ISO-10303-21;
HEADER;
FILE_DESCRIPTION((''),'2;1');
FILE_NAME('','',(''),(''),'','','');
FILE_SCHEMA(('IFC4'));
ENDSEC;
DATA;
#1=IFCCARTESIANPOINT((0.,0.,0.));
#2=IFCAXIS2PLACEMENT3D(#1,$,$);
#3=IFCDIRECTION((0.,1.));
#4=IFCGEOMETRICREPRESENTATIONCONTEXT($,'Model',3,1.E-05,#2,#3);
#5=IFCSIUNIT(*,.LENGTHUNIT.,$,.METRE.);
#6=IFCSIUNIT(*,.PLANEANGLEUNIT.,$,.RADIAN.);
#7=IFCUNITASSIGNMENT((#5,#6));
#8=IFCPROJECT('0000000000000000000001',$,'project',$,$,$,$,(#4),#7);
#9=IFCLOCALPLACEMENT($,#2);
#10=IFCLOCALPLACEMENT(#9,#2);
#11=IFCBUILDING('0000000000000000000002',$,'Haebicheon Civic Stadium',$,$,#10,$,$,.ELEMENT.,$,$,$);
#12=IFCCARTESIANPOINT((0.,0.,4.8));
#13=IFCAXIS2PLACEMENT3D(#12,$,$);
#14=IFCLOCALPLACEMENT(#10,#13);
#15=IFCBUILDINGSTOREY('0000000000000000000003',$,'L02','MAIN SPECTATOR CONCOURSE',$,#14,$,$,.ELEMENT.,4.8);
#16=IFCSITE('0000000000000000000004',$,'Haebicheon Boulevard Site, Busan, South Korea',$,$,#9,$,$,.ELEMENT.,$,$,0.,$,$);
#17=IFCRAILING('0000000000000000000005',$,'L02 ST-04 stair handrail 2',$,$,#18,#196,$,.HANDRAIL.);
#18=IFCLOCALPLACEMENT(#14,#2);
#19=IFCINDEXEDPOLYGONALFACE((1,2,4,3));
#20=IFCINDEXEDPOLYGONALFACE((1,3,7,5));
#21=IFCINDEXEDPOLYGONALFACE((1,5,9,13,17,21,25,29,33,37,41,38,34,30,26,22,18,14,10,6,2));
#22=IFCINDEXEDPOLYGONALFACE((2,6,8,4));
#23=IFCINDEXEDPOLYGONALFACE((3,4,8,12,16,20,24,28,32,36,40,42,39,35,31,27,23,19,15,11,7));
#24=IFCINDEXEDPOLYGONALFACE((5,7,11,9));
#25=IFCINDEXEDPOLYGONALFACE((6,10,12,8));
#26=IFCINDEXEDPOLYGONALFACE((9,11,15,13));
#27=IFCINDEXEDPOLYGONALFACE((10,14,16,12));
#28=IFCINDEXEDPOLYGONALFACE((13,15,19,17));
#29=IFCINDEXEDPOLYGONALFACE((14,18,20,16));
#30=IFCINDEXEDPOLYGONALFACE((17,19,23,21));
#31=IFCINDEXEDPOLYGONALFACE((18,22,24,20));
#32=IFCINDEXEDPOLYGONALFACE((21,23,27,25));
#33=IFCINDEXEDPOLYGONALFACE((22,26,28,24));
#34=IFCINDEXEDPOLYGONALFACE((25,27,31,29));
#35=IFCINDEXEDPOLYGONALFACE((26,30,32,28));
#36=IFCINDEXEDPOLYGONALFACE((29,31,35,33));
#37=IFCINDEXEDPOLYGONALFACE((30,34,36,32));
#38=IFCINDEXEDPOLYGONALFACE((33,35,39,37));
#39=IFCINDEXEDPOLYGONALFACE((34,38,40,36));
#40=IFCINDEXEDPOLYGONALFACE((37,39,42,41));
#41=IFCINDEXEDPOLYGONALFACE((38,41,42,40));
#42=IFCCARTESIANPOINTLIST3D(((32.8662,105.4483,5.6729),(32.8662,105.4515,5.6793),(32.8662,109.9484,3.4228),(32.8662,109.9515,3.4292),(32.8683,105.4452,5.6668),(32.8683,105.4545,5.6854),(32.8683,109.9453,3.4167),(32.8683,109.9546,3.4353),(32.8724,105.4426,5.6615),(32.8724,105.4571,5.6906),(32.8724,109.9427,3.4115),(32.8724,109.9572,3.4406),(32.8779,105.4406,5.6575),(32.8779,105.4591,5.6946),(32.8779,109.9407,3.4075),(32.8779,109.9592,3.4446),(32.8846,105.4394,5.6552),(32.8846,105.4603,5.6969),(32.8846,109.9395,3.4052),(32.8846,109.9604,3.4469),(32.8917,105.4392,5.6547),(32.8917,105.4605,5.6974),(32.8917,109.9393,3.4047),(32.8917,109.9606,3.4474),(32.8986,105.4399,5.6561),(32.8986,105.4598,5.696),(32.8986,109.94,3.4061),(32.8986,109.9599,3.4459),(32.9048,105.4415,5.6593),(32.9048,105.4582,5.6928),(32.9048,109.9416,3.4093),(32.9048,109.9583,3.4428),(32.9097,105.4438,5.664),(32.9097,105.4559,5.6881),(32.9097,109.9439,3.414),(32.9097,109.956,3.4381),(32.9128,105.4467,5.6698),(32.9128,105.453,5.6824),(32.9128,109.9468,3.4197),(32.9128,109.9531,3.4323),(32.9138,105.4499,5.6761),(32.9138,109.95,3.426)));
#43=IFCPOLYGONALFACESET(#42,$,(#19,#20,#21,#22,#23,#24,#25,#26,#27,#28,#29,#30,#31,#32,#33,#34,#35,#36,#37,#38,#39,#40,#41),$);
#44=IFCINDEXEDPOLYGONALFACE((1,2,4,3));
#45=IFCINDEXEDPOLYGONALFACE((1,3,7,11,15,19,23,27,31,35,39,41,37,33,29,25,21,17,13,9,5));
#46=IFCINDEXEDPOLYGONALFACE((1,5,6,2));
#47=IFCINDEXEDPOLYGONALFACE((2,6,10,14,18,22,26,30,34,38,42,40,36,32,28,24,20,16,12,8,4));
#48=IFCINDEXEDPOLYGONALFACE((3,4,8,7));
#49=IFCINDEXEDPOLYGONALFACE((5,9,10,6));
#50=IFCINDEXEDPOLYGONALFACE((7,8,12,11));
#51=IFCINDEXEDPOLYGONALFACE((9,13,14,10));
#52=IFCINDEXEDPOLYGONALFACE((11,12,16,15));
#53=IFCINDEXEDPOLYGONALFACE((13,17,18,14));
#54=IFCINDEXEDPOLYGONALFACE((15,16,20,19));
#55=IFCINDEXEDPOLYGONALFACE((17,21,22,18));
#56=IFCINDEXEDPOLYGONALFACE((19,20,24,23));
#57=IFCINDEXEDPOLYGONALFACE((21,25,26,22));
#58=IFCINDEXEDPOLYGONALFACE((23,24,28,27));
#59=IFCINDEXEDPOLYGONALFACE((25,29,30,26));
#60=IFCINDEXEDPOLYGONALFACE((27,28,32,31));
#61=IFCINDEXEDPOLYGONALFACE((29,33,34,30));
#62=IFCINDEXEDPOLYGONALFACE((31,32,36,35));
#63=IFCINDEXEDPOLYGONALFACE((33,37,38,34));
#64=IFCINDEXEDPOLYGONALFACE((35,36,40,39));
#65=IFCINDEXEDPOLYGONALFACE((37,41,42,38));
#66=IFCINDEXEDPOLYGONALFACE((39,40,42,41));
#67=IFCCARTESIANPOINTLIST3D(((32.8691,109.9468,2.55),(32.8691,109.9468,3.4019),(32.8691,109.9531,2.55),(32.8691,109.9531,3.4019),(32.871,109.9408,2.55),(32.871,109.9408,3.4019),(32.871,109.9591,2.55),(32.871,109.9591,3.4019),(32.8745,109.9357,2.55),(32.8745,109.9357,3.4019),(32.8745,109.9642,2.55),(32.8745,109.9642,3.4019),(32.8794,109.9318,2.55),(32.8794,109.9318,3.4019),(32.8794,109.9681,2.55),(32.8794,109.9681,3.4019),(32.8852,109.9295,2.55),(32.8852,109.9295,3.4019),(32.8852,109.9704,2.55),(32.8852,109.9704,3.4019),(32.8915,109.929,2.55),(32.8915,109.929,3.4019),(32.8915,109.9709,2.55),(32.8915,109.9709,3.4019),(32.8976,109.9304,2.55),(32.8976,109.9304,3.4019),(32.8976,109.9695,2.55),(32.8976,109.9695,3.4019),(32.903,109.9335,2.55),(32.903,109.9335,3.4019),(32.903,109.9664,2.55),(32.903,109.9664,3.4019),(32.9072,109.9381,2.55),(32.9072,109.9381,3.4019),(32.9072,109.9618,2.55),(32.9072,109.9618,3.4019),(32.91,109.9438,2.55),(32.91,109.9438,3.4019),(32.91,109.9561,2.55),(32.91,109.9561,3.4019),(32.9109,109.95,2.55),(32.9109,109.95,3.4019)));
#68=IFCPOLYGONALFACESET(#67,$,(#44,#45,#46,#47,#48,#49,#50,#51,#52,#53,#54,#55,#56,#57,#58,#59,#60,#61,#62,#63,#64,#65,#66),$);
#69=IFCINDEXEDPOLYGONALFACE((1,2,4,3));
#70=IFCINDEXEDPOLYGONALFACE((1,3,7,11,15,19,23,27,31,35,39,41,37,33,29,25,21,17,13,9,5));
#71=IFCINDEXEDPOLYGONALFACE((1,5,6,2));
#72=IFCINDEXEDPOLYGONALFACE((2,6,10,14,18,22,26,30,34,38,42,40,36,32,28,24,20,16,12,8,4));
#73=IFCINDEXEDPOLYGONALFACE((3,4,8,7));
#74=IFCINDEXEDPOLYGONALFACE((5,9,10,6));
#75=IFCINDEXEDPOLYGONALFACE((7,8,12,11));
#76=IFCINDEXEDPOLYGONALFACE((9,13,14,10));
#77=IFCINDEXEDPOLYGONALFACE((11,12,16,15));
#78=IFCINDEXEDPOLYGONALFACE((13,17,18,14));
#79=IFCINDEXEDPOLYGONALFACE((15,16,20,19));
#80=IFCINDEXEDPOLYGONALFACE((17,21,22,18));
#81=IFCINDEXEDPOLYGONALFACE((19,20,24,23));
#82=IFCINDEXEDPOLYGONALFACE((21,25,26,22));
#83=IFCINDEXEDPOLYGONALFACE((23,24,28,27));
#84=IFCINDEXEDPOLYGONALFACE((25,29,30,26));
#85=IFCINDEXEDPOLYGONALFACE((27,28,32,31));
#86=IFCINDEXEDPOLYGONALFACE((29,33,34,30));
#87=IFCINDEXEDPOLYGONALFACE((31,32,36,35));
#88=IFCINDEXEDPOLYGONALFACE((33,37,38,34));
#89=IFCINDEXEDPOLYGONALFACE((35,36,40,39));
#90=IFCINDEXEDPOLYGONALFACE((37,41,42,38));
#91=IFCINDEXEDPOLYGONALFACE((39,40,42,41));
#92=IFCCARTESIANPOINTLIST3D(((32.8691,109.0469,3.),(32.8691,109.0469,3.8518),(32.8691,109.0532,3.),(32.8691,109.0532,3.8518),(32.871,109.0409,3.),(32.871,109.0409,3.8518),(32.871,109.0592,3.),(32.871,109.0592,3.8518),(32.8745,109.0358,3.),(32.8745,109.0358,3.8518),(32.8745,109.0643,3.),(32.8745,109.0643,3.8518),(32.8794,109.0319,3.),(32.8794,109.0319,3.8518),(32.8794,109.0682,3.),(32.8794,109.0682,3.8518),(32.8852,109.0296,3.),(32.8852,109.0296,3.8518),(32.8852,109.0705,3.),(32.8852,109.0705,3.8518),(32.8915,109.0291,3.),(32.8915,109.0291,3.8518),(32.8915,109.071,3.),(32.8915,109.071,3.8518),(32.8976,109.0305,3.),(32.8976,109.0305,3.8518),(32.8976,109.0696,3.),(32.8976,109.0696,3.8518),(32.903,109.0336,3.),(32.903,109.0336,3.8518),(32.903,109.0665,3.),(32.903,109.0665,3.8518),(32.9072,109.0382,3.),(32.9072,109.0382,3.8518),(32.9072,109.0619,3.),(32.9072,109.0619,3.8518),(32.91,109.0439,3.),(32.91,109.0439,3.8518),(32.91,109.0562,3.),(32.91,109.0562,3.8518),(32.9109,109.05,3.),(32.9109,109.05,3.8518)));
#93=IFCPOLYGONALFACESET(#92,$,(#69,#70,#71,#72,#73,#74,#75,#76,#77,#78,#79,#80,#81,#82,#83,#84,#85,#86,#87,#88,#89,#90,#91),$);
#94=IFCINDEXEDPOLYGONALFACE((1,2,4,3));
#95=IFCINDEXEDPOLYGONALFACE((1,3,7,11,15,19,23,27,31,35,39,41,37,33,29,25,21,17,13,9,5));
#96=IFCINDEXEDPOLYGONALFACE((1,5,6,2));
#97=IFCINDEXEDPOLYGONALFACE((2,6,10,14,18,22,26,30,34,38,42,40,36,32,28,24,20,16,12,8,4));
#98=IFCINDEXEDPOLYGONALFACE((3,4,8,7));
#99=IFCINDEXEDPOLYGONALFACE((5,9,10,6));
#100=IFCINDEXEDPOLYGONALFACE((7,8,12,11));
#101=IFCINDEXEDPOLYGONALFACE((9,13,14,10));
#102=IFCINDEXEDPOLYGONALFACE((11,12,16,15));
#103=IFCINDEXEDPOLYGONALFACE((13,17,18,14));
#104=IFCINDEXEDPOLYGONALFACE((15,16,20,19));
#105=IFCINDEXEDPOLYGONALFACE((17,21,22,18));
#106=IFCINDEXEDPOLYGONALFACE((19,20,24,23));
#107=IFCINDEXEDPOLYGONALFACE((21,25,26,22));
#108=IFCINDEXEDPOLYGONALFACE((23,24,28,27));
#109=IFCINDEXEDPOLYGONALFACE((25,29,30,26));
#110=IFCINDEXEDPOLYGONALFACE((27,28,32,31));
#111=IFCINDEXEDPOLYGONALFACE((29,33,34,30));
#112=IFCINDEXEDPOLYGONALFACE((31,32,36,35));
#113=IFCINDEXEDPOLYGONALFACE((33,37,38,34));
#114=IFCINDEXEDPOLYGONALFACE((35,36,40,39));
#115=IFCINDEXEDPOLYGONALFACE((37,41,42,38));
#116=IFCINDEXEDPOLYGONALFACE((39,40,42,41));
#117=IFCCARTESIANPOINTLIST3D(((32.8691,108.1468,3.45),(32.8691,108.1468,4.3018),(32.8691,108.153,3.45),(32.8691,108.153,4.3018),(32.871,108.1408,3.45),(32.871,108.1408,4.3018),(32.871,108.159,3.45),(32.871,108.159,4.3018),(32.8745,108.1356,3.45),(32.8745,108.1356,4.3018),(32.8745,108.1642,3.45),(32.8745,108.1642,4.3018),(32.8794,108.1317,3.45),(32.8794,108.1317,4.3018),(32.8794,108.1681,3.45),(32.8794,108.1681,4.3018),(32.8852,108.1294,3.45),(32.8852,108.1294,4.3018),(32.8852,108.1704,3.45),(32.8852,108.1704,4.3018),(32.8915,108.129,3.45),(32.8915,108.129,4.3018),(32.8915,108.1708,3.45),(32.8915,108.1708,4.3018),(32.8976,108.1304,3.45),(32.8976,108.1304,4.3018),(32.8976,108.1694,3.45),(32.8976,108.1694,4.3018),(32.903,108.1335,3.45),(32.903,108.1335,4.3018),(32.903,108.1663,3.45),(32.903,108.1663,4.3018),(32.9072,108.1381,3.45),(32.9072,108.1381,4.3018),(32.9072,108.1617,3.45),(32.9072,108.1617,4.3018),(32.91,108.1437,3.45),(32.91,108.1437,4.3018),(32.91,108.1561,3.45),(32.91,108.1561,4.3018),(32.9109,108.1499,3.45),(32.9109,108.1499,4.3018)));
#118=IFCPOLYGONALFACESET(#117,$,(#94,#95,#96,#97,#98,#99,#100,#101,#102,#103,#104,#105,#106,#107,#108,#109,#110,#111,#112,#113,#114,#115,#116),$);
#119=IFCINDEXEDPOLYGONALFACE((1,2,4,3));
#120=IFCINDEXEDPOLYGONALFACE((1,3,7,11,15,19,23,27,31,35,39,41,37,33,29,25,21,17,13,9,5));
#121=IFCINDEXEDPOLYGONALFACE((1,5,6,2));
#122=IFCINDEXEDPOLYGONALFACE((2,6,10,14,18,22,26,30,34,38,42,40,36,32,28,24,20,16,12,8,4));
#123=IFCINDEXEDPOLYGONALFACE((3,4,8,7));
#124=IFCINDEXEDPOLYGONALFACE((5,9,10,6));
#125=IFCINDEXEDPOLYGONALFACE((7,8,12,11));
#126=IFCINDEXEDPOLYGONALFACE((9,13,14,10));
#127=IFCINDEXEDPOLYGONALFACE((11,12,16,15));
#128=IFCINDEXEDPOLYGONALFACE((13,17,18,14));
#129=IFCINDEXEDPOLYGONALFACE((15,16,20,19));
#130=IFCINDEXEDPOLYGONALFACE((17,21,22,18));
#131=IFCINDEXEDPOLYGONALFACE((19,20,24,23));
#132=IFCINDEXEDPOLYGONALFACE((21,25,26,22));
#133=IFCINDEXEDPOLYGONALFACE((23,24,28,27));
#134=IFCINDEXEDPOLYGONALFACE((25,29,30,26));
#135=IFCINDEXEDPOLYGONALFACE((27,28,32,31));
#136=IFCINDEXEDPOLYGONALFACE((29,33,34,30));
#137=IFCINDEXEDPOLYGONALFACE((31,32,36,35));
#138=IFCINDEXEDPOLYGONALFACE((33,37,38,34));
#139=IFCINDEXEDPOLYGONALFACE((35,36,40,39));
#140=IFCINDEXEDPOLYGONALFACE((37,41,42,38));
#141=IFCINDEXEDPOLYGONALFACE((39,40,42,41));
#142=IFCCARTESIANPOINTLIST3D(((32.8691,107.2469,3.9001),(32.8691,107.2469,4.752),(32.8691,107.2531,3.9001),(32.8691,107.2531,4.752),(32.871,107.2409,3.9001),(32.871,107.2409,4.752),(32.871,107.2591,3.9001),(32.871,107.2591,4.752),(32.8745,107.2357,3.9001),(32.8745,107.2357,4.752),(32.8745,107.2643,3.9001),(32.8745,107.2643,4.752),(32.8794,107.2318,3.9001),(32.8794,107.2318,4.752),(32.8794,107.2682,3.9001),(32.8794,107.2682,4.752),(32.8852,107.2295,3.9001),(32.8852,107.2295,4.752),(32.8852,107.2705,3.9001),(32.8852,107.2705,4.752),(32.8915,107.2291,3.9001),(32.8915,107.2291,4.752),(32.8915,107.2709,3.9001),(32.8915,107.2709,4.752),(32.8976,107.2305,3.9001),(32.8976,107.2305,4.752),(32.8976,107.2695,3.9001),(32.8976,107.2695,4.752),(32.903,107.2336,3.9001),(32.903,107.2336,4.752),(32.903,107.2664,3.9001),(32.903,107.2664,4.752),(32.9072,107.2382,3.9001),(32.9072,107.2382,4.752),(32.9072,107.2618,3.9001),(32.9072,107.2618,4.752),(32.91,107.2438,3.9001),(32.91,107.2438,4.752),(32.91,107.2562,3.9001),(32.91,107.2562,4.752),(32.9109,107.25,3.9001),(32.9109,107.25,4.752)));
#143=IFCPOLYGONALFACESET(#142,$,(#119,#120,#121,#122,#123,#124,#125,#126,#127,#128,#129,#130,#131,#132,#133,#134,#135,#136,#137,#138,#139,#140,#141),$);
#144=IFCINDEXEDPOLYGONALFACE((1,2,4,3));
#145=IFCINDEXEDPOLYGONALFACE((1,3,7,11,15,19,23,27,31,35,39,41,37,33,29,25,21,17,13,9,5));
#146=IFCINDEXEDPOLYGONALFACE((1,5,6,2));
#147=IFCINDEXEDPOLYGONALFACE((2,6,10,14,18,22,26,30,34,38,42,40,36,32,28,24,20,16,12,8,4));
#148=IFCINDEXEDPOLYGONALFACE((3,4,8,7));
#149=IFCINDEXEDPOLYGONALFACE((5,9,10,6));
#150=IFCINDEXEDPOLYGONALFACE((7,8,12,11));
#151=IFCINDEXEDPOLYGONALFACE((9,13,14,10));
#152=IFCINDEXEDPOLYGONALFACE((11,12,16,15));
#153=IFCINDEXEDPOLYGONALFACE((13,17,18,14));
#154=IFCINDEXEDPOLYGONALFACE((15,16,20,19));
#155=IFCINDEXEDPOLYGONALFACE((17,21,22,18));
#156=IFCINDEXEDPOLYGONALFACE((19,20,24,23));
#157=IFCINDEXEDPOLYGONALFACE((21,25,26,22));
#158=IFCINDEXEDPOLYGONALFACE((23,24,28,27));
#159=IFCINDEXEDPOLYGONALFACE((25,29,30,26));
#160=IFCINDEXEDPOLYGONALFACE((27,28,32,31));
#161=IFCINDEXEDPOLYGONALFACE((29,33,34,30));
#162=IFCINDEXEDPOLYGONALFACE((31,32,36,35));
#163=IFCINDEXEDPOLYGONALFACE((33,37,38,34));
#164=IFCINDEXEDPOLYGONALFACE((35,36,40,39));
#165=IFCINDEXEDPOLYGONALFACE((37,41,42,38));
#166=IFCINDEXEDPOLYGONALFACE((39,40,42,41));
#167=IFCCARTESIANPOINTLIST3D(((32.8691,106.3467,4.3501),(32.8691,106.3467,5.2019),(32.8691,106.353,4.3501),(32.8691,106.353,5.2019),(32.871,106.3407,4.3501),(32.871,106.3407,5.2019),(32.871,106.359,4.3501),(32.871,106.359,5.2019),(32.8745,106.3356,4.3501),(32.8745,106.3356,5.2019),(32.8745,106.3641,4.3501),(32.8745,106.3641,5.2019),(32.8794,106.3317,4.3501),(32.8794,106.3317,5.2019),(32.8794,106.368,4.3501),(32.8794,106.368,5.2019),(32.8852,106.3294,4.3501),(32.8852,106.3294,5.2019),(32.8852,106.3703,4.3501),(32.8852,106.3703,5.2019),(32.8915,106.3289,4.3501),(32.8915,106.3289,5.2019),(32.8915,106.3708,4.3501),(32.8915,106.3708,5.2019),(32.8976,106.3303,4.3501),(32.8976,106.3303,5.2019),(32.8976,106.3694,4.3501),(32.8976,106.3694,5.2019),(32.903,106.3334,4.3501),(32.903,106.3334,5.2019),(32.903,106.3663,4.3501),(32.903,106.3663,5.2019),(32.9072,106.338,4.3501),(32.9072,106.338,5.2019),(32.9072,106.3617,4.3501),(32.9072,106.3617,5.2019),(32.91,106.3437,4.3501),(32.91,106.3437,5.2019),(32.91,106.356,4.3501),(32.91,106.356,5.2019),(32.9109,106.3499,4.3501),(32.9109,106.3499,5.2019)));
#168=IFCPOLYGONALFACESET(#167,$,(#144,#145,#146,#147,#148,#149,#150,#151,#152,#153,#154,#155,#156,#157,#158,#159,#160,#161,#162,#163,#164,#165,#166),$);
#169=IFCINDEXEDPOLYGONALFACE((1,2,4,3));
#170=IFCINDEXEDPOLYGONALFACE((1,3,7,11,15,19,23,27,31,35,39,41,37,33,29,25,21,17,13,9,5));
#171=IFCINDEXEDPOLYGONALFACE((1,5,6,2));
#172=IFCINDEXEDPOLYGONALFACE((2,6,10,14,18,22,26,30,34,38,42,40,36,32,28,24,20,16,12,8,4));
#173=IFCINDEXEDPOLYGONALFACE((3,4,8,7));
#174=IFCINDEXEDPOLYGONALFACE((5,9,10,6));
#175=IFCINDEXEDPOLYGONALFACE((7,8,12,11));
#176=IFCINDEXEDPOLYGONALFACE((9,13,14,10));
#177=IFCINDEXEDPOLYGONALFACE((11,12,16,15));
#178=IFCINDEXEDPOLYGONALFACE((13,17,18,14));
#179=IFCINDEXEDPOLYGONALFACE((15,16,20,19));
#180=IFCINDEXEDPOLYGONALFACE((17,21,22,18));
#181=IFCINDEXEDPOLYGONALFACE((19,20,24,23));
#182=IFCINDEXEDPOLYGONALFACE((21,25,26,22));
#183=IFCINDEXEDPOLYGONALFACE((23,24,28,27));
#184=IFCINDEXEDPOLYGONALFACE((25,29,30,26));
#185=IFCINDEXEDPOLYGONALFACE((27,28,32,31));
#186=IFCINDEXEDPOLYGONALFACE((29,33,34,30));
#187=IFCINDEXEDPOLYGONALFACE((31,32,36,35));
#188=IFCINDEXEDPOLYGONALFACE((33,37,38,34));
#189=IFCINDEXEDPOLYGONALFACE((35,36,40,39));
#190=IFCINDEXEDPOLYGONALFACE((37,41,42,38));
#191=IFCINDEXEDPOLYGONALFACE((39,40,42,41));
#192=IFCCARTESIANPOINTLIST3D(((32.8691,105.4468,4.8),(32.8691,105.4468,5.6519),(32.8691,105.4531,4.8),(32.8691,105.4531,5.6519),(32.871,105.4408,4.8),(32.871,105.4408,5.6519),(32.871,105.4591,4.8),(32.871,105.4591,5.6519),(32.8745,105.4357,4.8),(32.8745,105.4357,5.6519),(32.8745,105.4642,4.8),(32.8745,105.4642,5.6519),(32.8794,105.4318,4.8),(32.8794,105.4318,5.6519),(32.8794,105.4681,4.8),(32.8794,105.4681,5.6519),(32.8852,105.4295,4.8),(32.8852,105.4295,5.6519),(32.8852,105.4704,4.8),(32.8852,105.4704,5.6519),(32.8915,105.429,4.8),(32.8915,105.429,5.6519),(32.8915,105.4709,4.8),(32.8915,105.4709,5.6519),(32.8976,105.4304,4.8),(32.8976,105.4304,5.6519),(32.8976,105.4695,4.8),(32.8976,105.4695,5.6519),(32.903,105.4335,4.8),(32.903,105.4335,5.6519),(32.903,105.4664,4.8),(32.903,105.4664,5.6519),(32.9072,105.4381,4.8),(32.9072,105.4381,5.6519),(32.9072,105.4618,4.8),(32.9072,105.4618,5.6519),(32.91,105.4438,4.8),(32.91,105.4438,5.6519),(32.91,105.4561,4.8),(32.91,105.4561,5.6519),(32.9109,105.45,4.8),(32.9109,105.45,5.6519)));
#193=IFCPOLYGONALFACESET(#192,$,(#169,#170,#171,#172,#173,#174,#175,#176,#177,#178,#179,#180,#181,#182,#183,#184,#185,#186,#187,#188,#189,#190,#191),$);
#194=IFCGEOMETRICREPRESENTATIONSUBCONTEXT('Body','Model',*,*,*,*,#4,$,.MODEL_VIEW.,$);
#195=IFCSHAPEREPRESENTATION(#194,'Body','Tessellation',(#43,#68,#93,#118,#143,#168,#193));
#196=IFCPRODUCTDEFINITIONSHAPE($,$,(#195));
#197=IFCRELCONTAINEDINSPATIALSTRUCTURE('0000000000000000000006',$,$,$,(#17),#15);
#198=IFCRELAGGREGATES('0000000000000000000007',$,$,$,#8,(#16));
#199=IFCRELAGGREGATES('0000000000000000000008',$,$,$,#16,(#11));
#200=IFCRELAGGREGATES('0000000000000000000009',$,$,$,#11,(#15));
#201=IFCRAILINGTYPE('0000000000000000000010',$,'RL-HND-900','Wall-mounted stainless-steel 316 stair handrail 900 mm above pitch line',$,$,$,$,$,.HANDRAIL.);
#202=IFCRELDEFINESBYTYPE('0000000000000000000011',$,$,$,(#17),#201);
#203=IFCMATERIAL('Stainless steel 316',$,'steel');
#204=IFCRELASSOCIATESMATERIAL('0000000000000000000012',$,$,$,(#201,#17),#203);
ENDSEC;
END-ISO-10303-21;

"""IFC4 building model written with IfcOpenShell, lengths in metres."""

from ifc_helpers import new_model, si_unit, direction, frame, origin, origin_2d, place, context, subcontext, project, spatial, circle, extrude, material, type_object, element, save


model = new_model("IFC4")

# Units and contexts
model_context = context("Model", 3, precision=1e-05, world=origin(), true_north=direction((0.0, 1.0)))
body_context = subcontext(model_context, "Body", "Model", "MODEL_VIEW")
ifc_project = project(units=[si_unit("LENGTHUNIT", "METRE"), si_unit("PLANEANGLEUNIT", "RADIAN")], contexts=[model_context])

# Site, building, storey
site_placement = place(None, origin())
site = spatial("IfcSite", under=ifc_project, at=site_placement, Name="Haebicheon Boulevard Site, Busan, South Korea", CompositionType="ELEMENT", RefElevation=0.0)
building_placement = place(site_placement, origin())
building = spatial("IfcBuilding", under=site, at=building_placement, Name="Haebicheon Civic Stadium", CompositionType="ELEMENT")
storey_placement = place(building_placement, frame((0.0, 0.0, 4.8)))
storey = spatial("IfcBuildingStorey", under=building, at=storey_placement, Name="L02", Description="MAIN SPECTATOR CONCOURSE", CompositionType="ELEMENT", Elevation=4.8)

# Railing
ifc_material_1 = material(Name="Stainless steel 316", Category="steel")
railing_type_1 = type_object("IfcRailingType", Name="RL-HND-900", Description="Wall-mounted stainless-steel 316 stair handrail 900 mm above pitch line", PredefinedType="HANDRAIL", material=ifc_material_1)
railing_1_placement = place(storey_placement, frame((32.8899, 109.95, 2.55)))
element("IfcRailing", 1, at=railing_1_placement, inside=storey, type_object=railing_type_1, material=ifc_material_1, Name="L02 ST-04 stair handrail 2", PredefinedType="HANDRAIL", context=body_context, shape_type="SweptSolid", body=[
    extrude(circle(Radius=0.0239, at=origin_2d()), frame((0.0, 0.0, 0.876), z_axis=(0.0, -0.894427, 0.447214), x_axis=(1.0, 0.0, 0.0)), (0.0, 0.0, 1.0), 5.0312),
    extrude(circle(Radius=0.021, at=origin_2d()), origin(), (0.0, 0.0, 1.0), 0.8518),
    extrude(circle(Radius=0.021, at=origin_2d()), frame((0.0, -0.8999, 0.45)), (0.0, 0.0, 1.0), 0.8518),
    extrude(circle(Radius=0.021, at=origin_2d()), frame((0.0, -1.8, 0.8999)), (0.0, 0.0, 1.0), 0.8518),
    extrude(circle(Radius=0.021, at=origin_2d()), frame((0.0, -2.7, 1.3501)), (0.0, 0.0, 1.0), 0.8518),
    extrude(circle(Radius=0.021, at=origin_2d()), frame((0.0, -3.6001, 1.8)), (0.0, 0.0, 1.0), 0.8518),
    extrude(circle(Radius=0.021, at=origin_2d()), frame((0.0, -4.5, 2.25)), (0.0, 0.0, 1.0), 0.8518),
])

save(model, "model.ifc")
